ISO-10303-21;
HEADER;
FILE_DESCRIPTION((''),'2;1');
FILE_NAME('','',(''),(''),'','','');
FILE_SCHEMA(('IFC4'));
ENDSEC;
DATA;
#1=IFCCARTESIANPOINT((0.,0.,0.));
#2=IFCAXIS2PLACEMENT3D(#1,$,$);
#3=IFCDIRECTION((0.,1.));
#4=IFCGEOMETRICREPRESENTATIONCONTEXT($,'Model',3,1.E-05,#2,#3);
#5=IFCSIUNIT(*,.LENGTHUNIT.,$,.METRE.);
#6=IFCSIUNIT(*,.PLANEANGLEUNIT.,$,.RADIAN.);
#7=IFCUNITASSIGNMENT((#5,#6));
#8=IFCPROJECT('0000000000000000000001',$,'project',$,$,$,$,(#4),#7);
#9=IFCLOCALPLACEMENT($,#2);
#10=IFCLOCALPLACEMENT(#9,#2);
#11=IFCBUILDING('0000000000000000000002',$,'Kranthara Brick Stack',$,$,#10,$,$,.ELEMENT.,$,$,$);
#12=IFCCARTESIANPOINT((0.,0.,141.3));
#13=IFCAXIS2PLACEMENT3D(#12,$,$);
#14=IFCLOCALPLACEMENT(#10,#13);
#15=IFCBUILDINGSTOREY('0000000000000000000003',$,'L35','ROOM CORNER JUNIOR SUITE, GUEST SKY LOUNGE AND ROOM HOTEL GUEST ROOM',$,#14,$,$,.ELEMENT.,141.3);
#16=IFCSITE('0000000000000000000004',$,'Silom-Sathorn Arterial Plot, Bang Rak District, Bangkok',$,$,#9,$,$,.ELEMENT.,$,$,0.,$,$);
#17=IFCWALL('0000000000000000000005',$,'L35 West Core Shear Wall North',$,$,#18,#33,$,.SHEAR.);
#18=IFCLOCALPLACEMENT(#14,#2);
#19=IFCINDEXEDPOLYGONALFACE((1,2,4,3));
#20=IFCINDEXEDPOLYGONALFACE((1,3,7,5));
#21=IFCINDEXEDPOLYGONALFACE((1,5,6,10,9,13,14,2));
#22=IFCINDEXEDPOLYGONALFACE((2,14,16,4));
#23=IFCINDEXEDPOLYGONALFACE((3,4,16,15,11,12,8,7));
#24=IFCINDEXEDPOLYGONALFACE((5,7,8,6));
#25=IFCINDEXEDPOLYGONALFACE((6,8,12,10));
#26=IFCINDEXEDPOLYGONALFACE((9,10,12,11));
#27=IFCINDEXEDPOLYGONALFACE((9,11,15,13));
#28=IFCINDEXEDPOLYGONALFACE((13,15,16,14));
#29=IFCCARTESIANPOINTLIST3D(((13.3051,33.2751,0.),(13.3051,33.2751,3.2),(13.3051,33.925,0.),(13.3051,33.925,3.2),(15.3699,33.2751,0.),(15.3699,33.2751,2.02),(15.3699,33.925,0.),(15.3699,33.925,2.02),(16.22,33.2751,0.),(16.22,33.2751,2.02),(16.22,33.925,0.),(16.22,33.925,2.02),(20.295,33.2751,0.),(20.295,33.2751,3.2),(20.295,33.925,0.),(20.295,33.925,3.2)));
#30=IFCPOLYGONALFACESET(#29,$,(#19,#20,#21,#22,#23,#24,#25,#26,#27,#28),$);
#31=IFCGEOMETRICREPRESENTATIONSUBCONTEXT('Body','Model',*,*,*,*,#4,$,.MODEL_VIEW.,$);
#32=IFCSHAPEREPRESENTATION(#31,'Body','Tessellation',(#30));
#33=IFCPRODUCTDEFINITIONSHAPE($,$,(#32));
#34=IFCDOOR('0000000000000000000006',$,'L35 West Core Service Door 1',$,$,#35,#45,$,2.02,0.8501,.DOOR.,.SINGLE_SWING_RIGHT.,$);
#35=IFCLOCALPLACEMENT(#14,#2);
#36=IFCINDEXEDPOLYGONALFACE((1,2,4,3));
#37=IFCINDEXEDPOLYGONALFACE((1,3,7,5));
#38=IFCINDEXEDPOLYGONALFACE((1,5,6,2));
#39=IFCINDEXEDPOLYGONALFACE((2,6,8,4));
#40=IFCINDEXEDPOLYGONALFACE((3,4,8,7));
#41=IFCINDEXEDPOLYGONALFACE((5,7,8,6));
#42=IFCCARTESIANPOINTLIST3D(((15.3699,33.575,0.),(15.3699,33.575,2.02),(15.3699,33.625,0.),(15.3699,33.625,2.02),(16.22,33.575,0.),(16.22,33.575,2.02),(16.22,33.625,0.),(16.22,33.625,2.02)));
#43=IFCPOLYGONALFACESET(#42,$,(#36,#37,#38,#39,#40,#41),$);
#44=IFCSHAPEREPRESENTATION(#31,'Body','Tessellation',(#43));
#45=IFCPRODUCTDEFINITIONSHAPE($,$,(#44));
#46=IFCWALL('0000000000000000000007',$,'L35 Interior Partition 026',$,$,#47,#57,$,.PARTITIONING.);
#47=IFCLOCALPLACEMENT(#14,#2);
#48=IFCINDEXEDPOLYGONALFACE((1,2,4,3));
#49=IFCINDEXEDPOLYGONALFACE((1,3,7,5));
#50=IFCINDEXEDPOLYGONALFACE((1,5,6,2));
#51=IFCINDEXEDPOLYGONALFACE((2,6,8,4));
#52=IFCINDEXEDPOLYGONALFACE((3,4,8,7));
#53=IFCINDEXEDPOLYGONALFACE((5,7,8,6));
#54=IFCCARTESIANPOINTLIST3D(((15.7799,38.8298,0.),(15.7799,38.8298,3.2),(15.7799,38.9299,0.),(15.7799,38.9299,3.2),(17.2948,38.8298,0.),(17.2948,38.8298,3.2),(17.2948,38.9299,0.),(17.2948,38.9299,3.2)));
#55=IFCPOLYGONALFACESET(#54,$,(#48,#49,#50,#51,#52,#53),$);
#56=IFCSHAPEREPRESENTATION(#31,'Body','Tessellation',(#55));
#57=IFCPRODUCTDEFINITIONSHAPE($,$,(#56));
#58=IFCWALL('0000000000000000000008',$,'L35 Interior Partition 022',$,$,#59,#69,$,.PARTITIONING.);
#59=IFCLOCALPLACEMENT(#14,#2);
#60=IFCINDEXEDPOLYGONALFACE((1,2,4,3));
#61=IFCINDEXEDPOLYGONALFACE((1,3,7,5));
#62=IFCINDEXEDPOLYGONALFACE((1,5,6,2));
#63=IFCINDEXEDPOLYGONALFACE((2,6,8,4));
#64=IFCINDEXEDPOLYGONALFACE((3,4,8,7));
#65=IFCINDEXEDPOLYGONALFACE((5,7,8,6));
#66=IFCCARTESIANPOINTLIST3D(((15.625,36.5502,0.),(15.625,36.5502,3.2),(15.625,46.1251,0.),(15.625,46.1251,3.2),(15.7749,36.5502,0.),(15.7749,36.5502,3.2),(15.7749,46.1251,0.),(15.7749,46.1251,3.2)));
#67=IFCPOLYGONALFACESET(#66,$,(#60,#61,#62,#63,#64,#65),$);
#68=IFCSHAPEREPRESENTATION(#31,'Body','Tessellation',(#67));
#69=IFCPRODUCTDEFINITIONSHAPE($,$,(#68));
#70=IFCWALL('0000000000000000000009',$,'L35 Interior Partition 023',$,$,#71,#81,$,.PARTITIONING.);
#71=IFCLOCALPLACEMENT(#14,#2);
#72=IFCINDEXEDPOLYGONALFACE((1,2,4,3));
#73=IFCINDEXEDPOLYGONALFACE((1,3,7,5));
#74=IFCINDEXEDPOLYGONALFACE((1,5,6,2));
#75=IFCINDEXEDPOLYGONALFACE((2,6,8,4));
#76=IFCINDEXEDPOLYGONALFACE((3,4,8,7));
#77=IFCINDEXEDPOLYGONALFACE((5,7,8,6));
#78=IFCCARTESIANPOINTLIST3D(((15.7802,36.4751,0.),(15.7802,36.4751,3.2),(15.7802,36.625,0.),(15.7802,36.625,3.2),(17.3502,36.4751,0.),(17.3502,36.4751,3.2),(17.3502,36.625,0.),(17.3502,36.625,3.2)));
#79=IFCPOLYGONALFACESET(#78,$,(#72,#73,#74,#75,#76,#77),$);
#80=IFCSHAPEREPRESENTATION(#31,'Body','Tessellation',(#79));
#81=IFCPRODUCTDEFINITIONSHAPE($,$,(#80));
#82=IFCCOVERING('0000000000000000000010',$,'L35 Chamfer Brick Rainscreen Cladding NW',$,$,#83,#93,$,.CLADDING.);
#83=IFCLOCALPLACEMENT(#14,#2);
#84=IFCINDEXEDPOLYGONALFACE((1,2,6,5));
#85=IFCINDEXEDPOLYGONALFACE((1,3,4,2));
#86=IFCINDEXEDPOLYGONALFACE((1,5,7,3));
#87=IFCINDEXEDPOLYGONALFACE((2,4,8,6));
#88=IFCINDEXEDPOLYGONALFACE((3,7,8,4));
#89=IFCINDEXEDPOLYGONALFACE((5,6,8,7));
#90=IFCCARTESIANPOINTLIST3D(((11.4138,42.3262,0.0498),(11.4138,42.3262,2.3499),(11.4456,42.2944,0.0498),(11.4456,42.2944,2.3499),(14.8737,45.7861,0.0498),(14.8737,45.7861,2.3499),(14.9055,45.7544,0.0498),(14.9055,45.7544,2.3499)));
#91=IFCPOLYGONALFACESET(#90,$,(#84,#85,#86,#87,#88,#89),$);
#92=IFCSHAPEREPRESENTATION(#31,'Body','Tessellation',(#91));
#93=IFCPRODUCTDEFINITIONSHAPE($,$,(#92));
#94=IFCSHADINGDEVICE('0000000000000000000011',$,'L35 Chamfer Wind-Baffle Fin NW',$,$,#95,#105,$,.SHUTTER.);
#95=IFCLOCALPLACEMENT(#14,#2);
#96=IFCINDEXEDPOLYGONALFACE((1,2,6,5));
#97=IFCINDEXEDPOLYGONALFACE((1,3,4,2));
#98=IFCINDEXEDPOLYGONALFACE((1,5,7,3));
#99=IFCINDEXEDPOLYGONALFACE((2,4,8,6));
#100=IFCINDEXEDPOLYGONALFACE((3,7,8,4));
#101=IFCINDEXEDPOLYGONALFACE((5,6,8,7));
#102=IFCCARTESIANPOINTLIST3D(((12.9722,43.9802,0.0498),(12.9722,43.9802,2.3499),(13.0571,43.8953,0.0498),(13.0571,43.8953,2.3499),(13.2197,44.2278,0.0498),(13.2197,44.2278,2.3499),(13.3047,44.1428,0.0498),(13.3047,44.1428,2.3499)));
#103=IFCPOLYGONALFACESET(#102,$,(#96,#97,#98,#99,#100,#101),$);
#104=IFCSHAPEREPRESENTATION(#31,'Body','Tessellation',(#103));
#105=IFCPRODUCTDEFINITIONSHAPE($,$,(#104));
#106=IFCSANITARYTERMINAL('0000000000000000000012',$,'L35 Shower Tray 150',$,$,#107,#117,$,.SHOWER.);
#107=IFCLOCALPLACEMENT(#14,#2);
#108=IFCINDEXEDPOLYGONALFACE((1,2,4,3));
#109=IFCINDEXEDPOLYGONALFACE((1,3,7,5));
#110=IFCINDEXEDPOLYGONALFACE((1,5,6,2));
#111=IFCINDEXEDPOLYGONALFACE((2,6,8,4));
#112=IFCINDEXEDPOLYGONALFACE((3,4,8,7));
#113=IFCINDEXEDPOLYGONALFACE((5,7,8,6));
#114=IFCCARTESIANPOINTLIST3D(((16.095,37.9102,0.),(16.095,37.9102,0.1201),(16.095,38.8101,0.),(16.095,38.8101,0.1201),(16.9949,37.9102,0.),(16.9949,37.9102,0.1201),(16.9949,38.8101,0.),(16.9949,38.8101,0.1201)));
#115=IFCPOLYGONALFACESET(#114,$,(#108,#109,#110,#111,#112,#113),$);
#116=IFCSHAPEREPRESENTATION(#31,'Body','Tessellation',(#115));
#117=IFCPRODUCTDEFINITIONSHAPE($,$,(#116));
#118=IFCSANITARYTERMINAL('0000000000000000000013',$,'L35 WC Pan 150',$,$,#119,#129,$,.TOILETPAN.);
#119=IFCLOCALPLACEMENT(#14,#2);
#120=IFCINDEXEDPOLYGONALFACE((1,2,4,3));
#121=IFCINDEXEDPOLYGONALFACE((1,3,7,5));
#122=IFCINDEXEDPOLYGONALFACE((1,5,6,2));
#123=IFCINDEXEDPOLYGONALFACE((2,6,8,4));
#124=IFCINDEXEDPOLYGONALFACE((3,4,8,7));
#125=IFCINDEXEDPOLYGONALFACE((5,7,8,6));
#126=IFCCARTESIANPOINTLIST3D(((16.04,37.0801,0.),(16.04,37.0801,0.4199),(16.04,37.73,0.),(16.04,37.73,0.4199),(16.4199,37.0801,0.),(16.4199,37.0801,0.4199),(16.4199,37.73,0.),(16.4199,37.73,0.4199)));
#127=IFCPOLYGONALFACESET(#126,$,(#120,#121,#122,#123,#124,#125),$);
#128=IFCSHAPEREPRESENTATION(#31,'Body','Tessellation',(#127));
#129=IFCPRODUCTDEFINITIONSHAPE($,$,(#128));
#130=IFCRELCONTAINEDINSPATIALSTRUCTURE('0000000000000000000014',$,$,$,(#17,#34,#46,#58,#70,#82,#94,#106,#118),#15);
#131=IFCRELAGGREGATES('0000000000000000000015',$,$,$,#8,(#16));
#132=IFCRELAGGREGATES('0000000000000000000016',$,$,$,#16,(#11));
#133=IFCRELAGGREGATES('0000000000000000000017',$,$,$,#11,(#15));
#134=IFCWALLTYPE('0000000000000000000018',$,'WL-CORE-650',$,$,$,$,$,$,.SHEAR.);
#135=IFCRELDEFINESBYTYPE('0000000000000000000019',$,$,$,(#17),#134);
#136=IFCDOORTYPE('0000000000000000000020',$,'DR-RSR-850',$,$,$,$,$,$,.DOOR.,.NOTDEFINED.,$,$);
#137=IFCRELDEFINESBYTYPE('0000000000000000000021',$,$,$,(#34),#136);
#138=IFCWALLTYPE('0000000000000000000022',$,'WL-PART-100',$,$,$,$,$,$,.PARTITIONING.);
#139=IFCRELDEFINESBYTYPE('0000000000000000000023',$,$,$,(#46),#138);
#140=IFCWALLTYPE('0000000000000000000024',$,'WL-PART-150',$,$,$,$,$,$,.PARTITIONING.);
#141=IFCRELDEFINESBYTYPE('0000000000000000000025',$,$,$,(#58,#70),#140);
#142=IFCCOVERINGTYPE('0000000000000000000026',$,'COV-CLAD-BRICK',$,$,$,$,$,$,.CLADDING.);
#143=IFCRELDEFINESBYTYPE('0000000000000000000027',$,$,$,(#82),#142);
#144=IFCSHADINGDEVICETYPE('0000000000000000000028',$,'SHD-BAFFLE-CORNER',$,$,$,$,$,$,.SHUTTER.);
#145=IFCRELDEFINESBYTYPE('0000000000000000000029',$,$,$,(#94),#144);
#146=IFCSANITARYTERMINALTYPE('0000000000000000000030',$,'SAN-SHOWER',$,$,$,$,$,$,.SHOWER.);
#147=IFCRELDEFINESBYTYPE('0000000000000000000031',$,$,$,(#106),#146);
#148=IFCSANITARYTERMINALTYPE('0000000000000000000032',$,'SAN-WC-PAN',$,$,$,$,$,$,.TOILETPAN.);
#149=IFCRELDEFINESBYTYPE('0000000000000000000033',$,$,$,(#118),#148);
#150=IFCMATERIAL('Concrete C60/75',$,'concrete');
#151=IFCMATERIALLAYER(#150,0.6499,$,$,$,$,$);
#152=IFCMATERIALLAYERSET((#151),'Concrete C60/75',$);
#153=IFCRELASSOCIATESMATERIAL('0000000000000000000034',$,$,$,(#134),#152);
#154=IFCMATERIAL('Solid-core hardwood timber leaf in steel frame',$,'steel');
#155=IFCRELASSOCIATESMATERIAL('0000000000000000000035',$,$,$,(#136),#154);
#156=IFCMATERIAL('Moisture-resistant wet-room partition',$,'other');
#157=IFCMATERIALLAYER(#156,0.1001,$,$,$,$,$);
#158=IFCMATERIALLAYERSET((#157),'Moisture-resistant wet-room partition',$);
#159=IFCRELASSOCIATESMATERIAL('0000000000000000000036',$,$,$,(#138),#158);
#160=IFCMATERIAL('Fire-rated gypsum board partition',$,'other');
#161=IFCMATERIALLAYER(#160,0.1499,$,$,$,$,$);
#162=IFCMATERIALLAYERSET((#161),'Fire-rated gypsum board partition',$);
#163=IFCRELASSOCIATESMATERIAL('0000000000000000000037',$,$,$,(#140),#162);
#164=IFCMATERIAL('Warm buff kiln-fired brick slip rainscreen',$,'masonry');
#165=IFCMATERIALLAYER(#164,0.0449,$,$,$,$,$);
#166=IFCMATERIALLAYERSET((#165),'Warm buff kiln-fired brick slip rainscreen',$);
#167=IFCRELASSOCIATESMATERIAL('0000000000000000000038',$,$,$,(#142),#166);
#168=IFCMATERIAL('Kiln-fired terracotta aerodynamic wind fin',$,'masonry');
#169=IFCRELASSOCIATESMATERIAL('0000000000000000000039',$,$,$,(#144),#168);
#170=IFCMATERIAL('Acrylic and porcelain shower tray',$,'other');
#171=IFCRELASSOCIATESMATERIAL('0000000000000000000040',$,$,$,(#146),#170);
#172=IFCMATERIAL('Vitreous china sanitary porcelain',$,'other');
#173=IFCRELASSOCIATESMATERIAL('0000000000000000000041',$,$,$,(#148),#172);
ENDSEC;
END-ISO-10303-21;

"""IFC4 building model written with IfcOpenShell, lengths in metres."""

from ifc_helpers import new_model, si_unit, direction, frame, frame_2d, origin, origin_2d, place, context, subcontext, project, spatial, rectangle, extrude, material, layer, layer_set, type_object, element, fill, save


model = new_model("IFC4")

# Units and contexts
model_context = context("Model", 3, precision=1e-05, world=origin(), true_north=direction((0.0, 1.0)))
body_context = subcontext(model_context, "Body", "Model", "MODEL_VIEW")
ifc_project = project(units=[si_unit("LENGTHUNIT", "METRE"), si_unit("PLANEANGLEUNIT", "RADIAN")], contexts=[model_context])

# Site, building, storey
site_placement = place(None, origin())
site = spatial("IfcSite", under=ifc_project, at=site_placement, Name="Silom-Sathorn Arterial Plot, Bang Rak District, Bangkok", CompositionType="ELEMENT", RefElevation=0.0)
building_placement = place(site_placement, origin())
building = spatial("IfcBuilding", under=site, at=building_placement, Name="Kranthara Brick Stack", CompositionType="ELEMENT")
storey_placement = place(building_placement, frame((0.0, 0.0, 141.3)))
storey = spatial("IfcBuildingStorey", under=building, at=storey_placement, Name="L35", Description="ROOM CORNER JUNIOR SUITE, GUEST SKY LOUNGE AND ROOM HOTEL GUEST ROOM", CompositionType="ELEMENT", Elevation=141.3)

# Wall, opening, door
ifc_material_1 = material(Name="Concrete C60/75", Category="concrete")
ifc_layer_1 = layer(ifc_material_1, 0.6499)
ifc_layer_set_1 = layer_set([ifc_layer_1], Name="Concrete C60/75")
wall_type_1 = type_object("IfcWallType", Name="WL-CORE-650", PredefinedType="SHEAR", material=ifc_layer_set_1)
wall_1_placement = place(storey_placement, frame((13.3049, 33.6001, 0.0), z_axis=(0.0, 0.0, 1.0), x_axis=(1.0, 0.0, 0.0)))
wall_1 = element("IfcWall", 1, at=wall_1_placement, inside=storey, type_object=wall_type_1, Name="L35 West Core Shear Wall North", PredefinedType="SHEAR", context=body_context, shape_type="SweptSolid", body=[
    extrude(rectangle(XDim=6.99, YDim=0.6499, at=frame_2d((3.4951, 0.0))), origin(), (0.0, 0.0, 1.0), 3.2),
])
opening_1_placement = place(wall_1_placement, frame((2.0649, 0.0, 0.0)))
opening_1 = element("IfcOpeningElement", 2, at=opening_1_placement, cuts=wall_1, PredefinedType="OPENING", context=body_context, shape_type="SweptSolid", body=[
    extrude(rectangle(XDim=0.8501, YDim=2.02, at=frame_2d((0.425, 1.01))), frame((0.0, 0.335, 0.0), z_axis=(0.0, -1.0, 0.0), x_axis=(1.0, 0.0, 0.0)), (0.0, 0.0, 1.0), 0.6699),
])
ifc_material_2 = material(Name="Solid-core hardwood timber leaf in steel frame", Category="steel")
door_type_1 = type_object("IfcDoorType", Name="DR-RSR-850", OperationType="NOTDEFINED", PredefinedType="DOOR", material=ifc_material_2)
door_1_placement = place(opening_1_placement, origin())
door_1 = element("IfcDoor", 3, at=door_1_placement, inside=storey, type_object=door_type_1, Name="L35 West Core Service Door 1", OperationType="SINGLE_SWING_RIGHT", OverallHeight=2.02, OverallWidth=0.8501, PredefinedType="DOOR", context=body_context, shape_type="SweptSolid", body=[
    extrude(rectangle(XDim=0.8501, YDim=2.02, at=frame_2d((0.425, 1.01))), frame((0.0, 0.0249, 0.0), z_axis=(0.0, -1.0, 0.0), x_axis=(1.0, 0.0, 0.0)), (0.0, 0.0, 1.0), 0.05),
])
fill(opening_1, door_1)

# Walls
ifc_material_3 = material(Name="Moisture-resistant wet-room partition", Category="other")
ifc_layer_2 = layer(ifc_material_3, 0.1001)
ifc_layer_set_2 = layer_set([ifc_layer_2], Name="Moisture-resistant wet-room partition")
wall_type_2 = type_object("IfcWallType", Name="WL-PART-100", PredefinedType="PARTITIONING", material=ifc_layer_set_2)
wall_2_placement = place(storey_placement, frame((15.78, 38.8799, 0.0), z_axis=(0.0, 0.0, 1.0), x_axis=(1.0, 0.0, 0.0)))
element("IfcWall", 4, at=wall_2_placement, inside=storey, type_object=wall_type_2, Name="L35 Interior Partition 026", PredefinedType="PARTITIONING", context=body_context, shape_type="SweptSolid", body=[
    extrude(rectangle(XDim=1.5149, YDim=0.1001, at=frame_2d((0.7573, 0.0))), origin(), (0.0, 0.0, 1.0), 3.2),
])
ifc_material_4 = material(Name="Fire-rated gypsum board partition", Category="other")
ifc_layer_3 = layer(ifc_material_4, 0.1499)
ifc_layer_set_3 = layer_set([ifc_layer_3], Name="Fire-rated gypsum board partition")
wall_type_3 = type_object("IfcWallType", Name="WL-PART-150", PredefinedType="PARTITIONING", material=ifc_layer_set_3)
wall_3_placement = place(storey_placement, frame((15.7, 36.55, 0.0), z_axis=(0.0, 0.0, 1.0), x_axis=(0.0, 1.0, 0.0)))
element("IfcWall", 5, at=wall_3_placement, inside=storey, type_object=wall_type_3, Name="L35 Interior Partition 022", PredefinedType="PARTITIONING", context=body_context, shape_type="SweptSolid", body=[
    extrude(rectangle(XDim=9.575, YDim=0.1499, at=frame_2d((4.7876, 0.0))), origin(), (0.0, 0.0, 1.0), 3.2),
])
wall_4_placement = place(storey_placement, frame((15.78, 36.55, 0.0), z_axis=(0.0, 0.0, 1.0), x_axis=(1.0, 0.0, 0.0)))
element("IfcWall", 6, at=wall_4_placement, inside=storey, type_object=wall_type_3, Name="L35 Interior Partition 023", PredefinedType="PARTITIONING", context=body_context, shape_type="SweptSolid", body=[
    extrude(rectangle(XDim=1.5701, YDim=0.1499, at=frame_2d((0.7852, 0.0))), origin(), (0.0, 0.0, 1.0), 3.2),
])

# Covering
ifc_material_5 = material(Name="Warm buff kiln-fired brick slip rainscreen", Category="masonry")
ifc_layer_4 = layer(ifc_material_5, 0.0449)
ifc_layer_set_4 = layer_set([ifc_layer_4], Name="Warm buff kiln-fired brick slip rainscreen")
covering_type = type_object("IfcCoveringType", Name="COV-CLAD-BRICK", PredefinedType="CLADDING", material=ifc_layer_set_4)
covering_placement = place(storey_placement, frame((13.1597, 44.0403, 0.0498), z_axis=(0.0, 0.0, 1.0), x_axis=(0.707107, 0.707107, 0.0)))
element("IfcCovering", 7, at=covering_placement, inside=storey, type_object=covering_type, Name="L35 Chamfer Brick Rainscreen Cladding NW", PredefinedType="CLADDING", context=body_context, shape_type="SweptSolid", body=[
    extrude(rectangle(XDim=4.8931, YDim=0.0449, at=origin_2d()), origin(), (0.0, 0.0, 1.0), 2.3),
])

# Shading device
ifc_material_6 = material(Name="Kiln-fired terracotta aerodynamic wind fin", Category="masonry")
shading_device_type = type_object("IfcShadingDeviceType", Name="SHD-BAFFLE-CORNER", PredefinedType="SHUTTER", material=ifc_material_6)
shading_device_placement = place(storey_placement, frame((13.1384, 44.0615, 0.0498), z_axis=(0.0, 0.0, 1.0), x_axis=(0.707107, 0.707107, 0.0)))
element("IfcShadingDevice", 8, at=shading_device_placement, inside=storey, type_object=shading_device_type, Name="L35 Chamfer Wind-Baffle Fin NW", PredefinedType="SHUTTER", context=body_context, shape_type="SweptSolid", body=[
    extrude(rectangle(XDim=0.3501, YDim=0.1201, at=origin_2d()), origin(), (0.0, 0.0, 1.0), 2.3),
])

# Sanitary terminals
ifc_material_7 = material(Name="Acrylic and porcelain shower tray", Category="other")
sanitary_terminal_type_1 = type_object("IfcSanitaryTerminalType", Name="SAN-SHOWER", PredefinedType="SHOWER", material=ifc_material_7)
sanitary_terminal_1_placement = place(storey_placement, frame((16.5449, 38.3601, 0.0), z_axis=(0.0, 0.0, 1.0), x_axis=(1.0, 0.0, 0.0)))
element("IfcSanitaryTerminal", 9, at=sanitary_terminal_1_placement, inside=storey, type_object=sanitary_terminal_type_1, Name="L35 Shower Tray 150", PredefinedType="SHOWER", context=body_context, shape_type="SweptSolid", body=[
    extrude(rectangle(XDim=0.8999, YDim=0.8999, at=origin_2d()), origin(), (0.0, 0.0, 1.0), 0.1201),
])
ifc_material_8 = material(Name="Vitreous china sanitary porcelain", Category="other")
sanitary_terminal_type_2 = type_object("IfcSanitaryTerminalType", Name="SAN-WC-PAN", PredefinedType="TOILETPAN", material=ifc_material_8)
sanitary_terminal_2_placement = place(storey_placement, frame((16.23, 37.405, 0.0), z_axis=(0.0, 0.0, 1.0), x_axis=(1.0, 0.0, 0.0)))
element("IfcSanitaryTerminal", 10, at=sanitary_terminal_2_placement, inside=storey, type_object=sanitary_terminal_type_2, Name="L35 WC Pan 150", PredefinedType="TOILETPAN", context=body_context, shape_type="SweptSolid", body=[
    extrude(rectangle(XDim=0.3799, YDim=0.6499, at=origin_2d()), origin(), (0.0, 0.0, 1.0), 0.4199),
])

save(model, "model.ifc")
